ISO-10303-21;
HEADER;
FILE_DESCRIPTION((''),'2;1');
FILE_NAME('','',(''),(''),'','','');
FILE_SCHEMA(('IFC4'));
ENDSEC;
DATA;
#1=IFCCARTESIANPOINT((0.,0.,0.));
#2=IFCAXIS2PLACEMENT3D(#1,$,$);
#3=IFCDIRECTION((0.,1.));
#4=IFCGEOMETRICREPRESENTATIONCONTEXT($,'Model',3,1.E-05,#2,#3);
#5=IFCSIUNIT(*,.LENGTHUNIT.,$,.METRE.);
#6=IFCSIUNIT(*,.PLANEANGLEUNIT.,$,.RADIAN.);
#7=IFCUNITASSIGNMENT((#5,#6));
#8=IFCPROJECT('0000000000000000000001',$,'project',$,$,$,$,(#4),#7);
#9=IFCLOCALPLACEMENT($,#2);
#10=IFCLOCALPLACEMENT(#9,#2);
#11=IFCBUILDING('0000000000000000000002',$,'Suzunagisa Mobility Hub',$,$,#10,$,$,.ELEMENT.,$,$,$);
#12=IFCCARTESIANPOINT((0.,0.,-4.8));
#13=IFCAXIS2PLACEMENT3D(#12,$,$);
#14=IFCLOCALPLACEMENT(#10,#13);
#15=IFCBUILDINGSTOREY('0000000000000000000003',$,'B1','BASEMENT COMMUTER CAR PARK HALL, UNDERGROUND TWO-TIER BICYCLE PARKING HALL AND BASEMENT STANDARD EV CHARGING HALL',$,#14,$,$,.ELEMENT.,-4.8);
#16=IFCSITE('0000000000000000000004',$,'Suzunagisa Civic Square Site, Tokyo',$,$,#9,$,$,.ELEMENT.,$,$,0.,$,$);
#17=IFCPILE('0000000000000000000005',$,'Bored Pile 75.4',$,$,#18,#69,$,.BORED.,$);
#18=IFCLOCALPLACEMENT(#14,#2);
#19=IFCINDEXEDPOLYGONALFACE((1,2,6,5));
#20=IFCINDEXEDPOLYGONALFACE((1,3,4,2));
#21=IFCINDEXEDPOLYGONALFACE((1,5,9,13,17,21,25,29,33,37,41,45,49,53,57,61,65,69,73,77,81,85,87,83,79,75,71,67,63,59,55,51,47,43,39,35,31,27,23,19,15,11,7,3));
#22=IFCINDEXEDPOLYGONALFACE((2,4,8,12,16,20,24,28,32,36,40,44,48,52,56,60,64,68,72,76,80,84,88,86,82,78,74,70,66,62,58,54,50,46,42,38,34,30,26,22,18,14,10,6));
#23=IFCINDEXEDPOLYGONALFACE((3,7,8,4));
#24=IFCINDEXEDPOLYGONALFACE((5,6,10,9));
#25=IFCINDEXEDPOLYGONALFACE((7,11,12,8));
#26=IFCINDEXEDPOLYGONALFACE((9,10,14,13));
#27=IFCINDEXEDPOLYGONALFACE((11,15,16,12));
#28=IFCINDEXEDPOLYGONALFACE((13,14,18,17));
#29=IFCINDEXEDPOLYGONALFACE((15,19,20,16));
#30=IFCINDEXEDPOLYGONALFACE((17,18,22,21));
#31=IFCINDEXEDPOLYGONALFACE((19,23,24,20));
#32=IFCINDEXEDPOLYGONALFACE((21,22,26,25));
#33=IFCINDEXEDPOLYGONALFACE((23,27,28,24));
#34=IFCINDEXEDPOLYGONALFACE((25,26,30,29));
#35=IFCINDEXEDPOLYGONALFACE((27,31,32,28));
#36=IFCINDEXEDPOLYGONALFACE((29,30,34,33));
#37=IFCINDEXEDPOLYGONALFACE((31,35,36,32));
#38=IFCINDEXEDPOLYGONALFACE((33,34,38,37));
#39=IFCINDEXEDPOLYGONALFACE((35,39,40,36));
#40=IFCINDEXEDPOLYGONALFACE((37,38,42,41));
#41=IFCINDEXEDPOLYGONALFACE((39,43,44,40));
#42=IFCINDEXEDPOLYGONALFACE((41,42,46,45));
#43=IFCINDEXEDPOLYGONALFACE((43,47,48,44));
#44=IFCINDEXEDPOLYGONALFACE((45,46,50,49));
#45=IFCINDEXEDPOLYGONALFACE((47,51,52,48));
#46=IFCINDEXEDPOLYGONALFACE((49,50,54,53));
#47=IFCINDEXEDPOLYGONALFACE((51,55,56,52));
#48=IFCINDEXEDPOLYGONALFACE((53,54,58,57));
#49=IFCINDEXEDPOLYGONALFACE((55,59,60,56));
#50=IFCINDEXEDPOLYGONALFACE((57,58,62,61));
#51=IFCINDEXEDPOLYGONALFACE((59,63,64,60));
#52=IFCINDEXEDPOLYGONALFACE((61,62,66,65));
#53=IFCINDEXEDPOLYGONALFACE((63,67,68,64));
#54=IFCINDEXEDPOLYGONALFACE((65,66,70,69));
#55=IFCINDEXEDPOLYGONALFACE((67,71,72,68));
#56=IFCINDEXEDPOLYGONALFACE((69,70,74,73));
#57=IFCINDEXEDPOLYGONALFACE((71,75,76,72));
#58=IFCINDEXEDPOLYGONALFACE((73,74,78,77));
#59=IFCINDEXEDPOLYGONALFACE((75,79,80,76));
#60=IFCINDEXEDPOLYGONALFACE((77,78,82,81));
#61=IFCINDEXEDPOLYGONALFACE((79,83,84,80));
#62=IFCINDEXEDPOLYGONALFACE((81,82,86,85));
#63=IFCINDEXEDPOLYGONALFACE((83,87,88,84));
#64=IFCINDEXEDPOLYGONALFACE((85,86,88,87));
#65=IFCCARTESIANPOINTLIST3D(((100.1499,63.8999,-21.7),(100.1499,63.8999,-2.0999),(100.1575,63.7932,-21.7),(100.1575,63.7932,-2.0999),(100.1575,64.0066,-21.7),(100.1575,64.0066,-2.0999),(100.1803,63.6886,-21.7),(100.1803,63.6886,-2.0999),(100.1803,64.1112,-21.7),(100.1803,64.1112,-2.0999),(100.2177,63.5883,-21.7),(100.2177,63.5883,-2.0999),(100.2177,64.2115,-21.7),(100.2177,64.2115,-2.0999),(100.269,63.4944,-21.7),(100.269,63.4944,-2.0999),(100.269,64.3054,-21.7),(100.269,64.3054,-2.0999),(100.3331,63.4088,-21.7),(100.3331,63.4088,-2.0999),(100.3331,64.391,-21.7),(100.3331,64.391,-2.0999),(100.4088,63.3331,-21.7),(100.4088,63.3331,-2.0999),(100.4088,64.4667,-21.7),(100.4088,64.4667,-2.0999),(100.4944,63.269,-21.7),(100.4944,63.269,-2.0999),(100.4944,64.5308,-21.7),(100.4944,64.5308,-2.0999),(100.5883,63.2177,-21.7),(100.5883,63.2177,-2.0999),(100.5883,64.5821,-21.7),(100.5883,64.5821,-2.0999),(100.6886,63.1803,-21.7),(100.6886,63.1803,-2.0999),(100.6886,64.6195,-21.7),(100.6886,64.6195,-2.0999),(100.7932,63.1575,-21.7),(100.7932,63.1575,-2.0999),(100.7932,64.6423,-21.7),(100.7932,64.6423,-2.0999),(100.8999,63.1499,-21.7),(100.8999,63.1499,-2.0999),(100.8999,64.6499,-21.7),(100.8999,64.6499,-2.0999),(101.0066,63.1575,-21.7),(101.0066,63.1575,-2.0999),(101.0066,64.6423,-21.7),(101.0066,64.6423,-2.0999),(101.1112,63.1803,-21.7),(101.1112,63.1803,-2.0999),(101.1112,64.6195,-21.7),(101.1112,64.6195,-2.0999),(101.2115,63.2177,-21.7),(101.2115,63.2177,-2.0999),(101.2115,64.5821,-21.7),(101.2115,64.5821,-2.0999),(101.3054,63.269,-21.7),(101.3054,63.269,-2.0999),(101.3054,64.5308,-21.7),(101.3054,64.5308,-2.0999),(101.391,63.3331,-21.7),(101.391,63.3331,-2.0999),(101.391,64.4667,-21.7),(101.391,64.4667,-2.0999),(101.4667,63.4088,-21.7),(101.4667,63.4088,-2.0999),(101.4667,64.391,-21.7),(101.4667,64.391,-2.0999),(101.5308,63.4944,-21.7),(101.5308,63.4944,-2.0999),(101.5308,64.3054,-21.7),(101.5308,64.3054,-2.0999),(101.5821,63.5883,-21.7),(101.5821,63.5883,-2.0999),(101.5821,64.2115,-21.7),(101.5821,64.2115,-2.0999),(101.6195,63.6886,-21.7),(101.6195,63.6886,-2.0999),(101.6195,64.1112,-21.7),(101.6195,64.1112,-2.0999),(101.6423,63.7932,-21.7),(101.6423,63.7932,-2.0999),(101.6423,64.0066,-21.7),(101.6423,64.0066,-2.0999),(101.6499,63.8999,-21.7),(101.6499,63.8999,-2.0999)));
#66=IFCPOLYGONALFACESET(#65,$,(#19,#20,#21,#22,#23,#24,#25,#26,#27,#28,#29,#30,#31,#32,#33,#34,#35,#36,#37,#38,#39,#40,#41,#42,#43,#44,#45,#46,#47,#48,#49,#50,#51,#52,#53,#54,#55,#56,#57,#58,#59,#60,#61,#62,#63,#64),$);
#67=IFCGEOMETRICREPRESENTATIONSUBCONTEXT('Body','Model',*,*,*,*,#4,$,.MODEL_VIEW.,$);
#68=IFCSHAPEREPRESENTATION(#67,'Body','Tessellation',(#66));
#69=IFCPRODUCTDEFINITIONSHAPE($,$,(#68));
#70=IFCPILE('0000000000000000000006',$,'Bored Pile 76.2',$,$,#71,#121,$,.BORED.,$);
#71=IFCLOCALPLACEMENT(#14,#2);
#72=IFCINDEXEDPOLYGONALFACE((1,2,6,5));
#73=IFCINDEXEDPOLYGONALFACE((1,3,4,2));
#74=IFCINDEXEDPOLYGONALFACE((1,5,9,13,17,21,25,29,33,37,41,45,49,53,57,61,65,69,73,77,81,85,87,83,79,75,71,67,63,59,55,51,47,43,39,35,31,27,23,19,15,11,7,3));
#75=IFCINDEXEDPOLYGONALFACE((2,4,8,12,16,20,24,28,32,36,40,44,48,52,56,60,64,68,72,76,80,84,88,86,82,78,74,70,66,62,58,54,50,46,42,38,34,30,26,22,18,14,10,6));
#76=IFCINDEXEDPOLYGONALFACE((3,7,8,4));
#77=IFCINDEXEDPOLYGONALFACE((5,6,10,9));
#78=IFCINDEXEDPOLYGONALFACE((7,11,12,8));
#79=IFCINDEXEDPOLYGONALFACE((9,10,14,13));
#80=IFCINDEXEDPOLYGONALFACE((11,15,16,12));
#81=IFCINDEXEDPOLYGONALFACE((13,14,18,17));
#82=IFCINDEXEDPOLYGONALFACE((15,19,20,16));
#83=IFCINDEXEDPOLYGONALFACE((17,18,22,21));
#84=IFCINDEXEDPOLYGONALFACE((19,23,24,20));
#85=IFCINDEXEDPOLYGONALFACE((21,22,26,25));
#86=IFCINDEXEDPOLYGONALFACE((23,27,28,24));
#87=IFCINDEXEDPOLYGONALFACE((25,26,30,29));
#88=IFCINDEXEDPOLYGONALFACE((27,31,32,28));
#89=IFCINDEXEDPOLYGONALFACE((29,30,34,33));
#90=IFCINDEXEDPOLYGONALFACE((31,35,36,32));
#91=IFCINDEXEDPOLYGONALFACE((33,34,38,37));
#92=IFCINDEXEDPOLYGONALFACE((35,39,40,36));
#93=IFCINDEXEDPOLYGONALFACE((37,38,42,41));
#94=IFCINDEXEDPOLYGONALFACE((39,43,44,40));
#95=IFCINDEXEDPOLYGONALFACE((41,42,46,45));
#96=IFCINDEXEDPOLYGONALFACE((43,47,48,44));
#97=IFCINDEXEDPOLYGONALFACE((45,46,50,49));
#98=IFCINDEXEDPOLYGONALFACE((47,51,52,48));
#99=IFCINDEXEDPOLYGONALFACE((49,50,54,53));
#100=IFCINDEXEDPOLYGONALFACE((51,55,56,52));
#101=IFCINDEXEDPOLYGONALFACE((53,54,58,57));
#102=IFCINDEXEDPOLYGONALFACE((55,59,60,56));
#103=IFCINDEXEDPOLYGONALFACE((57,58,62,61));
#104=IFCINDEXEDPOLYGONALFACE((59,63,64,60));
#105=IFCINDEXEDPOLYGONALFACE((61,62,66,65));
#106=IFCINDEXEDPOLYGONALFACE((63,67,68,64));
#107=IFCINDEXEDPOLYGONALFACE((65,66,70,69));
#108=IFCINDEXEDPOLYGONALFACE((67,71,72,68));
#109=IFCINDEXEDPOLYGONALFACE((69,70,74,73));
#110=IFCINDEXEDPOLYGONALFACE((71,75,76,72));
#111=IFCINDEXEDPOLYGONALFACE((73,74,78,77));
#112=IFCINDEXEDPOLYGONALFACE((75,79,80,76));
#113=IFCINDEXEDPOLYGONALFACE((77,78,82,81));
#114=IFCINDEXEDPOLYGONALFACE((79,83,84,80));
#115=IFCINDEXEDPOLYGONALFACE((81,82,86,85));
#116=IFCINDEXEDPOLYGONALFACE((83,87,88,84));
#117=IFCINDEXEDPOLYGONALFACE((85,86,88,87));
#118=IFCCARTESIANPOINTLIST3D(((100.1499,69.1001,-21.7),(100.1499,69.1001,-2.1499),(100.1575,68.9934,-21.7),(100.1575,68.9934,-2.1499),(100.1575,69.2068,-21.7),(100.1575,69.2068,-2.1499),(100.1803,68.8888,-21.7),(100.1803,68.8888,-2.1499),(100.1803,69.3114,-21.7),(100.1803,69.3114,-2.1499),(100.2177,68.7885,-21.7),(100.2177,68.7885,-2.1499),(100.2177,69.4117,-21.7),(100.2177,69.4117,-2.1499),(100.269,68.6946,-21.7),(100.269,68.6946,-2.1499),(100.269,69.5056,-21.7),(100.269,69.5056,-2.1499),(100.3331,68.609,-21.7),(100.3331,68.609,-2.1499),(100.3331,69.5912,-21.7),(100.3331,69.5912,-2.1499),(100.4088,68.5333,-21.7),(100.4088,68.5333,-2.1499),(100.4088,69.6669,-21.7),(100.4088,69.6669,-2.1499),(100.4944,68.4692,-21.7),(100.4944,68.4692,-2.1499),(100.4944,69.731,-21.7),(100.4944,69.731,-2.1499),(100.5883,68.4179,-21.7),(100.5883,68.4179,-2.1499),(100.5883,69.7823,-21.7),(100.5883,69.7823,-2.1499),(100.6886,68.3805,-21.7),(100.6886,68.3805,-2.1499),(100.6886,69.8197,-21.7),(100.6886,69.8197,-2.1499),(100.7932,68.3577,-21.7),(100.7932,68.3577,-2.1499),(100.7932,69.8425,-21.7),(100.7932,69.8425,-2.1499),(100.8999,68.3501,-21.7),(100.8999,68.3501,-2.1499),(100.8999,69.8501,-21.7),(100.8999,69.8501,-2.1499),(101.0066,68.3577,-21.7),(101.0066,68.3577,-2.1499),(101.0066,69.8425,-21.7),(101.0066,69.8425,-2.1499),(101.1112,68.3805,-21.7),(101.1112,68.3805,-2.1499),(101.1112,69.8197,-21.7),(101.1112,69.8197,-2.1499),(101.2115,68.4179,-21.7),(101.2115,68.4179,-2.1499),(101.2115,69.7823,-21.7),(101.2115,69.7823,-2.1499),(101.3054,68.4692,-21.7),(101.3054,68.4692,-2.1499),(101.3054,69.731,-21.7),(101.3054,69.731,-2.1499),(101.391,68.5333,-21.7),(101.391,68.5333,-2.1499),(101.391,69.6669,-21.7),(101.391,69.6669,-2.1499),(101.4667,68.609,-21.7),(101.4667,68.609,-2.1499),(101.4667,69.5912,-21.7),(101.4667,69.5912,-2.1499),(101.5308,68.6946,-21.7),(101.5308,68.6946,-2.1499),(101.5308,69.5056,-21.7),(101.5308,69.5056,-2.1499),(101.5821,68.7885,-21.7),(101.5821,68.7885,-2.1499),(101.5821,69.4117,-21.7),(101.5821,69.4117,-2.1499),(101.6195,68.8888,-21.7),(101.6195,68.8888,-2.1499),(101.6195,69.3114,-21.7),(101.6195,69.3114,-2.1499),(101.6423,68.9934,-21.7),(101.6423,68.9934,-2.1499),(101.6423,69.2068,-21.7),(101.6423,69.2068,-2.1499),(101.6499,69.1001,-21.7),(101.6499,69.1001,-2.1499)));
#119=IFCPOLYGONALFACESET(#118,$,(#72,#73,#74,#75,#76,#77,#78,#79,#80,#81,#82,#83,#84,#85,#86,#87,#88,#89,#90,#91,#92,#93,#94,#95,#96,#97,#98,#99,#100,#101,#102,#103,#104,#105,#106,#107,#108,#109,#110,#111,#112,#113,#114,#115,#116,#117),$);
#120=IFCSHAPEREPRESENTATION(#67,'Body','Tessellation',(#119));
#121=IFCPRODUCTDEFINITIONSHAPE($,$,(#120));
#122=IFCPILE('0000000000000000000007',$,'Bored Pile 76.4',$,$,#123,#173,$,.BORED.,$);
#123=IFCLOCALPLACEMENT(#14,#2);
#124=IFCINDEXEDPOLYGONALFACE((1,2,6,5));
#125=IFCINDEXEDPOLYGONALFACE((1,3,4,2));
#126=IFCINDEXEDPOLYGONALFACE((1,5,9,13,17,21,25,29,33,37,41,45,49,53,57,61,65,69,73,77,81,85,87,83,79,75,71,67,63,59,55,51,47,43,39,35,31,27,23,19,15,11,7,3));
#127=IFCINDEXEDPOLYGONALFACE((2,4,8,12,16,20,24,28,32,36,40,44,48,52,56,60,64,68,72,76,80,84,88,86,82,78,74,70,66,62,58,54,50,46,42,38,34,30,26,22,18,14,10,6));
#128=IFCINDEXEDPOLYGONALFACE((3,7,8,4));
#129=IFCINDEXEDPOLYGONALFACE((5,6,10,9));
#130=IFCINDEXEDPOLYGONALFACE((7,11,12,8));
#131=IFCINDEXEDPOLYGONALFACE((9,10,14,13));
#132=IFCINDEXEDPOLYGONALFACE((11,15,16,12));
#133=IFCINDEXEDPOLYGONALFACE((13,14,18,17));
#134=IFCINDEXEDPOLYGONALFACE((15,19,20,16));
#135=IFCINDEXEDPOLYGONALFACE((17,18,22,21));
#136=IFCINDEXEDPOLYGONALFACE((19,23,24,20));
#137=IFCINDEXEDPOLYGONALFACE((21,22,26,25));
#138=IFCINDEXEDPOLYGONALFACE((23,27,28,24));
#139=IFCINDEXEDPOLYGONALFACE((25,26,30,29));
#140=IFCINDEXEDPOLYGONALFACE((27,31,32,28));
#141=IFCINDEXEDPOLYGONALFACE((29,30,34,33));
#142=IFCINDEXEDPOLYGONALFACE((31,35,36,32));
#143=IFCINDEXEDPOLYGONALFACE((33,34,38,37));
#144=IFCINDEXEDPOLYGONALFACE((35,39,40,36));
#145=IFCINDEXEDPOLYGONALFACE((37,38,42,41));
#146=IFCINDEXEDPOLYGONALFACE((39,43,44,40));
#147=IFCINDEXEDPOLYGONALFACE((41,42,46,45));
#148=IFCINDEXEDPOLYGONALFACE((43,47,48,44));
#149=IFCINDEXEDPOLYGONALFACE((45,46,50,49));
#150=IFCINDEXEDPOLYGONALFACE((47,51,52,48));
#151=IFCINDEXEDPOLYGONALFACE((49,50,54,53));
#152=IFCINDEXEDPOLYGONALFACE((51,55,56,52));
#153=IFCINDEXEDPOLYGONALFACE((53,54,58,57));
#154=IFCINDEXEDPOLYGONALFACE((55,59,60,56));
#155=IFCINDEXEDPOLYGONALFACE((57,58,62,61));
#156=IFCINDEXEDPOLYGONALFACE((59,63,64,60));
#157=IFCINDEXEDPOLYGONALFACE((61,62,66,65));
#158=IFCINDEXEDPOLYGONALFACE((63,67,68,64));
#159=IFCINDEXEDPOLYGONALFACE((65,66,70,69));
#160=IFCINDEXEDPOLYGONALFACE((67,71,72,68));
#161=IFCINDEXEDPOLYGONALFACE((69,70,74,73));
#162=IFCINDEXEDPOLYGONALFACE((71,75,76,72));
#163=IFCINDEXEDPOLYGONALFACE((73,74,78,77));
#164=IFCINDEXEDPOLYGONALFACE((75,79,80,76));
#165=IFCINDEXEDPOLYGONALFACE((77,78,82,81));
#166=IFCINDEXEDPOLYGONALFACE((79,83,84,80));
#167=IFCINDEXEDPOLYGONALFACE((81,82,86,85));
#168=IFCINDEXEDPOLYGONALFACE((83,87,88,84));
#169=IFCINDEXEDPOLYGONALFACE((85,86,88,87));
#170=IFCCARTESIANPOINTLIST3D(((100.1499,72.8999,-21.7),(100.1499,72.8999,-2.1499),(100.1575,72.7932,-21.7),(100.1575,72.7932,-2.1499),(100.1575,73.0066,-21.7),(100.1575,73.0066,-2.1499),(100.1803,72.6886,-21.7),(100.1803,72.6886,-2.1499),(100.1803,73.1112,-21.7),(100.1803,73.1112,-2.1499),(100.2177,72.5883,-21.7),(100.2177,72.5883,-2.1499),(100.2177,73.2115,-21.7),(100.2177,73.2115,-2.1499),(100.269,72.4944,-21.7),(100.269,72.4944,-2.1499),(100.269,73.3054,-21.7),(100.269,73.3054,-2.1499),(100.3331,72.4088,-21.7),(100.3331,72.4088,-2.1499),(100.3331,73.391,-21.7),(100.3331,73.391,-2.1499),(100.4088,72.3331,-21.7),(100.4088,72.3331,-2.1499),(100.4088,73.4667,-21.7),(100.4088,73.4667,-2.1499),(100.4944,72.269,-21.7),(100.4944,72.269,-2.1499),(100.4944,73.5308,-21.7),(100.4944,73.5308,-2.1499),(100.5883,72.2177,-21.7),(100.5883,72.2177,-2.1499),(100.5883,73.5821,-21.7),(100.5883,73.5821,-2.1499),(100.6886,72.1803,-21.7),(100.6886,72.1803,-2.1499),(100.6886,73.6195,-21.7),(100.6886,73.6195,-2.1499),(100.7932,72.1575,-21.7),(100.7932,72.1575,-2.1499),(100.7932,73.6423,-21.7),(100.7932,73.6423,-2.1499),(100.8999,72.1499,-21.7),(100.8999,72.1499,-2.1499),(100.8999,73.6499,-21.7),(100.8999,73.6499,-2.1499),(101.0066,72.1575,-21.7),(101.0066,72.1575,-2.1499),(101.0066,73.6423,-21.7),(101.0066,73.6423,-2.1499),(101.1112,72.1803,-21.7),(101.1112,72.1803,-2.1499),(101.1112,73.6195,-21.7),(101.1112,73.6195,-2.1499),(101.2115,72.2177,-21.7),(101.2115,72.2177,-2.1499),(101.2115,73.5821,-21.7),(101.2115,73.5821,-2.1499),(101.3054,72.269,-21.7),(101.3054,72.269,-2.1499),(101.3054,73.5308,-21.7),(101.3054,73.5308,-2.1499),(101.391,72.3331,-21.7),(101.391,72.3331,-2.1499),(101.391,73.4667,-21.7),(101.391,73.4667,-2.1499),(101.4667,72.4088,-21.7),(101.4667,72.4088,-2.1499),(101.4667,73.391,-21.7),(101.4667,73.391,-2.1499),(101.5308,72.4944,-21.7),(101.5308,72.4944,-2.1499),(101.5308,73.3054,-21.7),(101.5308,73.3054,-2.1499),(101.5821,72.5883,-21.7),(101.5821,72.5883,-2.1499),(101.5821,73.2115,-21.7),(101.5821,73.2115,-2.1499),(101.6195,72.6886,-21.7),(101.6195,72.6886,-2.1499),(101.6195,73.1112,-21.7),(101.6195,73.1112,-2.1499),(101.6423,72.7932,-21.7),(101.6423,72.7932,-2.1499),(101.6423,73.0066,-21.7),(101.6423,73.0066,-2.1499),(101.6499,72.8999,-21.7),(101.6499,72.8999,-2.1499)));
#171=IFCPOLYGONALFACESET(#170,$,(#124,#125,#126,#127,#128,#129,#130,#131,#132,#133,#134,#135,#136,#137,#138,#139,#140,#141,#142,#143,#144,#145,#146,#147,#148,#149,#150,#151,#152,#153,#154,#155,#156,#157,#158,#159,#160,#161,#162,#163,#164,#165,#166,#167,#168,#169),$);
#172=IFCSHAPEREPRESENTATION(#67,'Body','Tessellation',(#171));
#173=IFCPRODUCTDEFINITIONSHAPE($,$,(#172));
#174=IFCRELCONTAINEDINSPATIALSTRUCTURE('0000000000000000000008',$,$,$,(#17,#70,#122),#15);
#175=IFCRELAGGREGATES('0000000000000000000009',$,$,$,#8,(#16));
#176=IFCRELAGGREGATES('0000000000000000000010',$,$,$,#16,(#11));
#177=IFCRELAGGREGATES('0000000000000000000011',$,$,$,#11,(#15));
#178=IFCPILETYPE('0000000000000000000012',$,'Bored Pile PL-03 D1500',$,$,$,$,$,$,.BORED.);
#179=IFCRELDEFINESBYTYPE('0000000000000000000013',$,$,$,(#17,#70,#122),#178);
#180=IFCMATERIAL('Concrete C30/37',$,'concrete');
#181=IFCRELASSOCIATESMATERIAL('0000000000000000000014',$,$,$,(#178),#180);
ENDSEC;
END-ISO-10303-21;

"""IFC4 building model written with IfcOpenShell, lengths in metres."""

from ifc_helpers import new_model, si_unit, direction, frame, origin, origin_2d, place, context, subcontext, project, spatial, circle, extrude, material, material_profile, profile_set, type_object, element, save


model = new_model("IFC4")

# Units and contexts
model_context = context("Model", 3, precision=1e-05, world=origin(), true_north=direction((0.0, 1.0)))
body_context = subcontext(model_context, "Body", "Model", "MODEL_VIEW")
ifc_project = project(units=[si_unit("LENGTHUNIT", "METRE"), si_unit("PLANEANGLEUNIT", "RADIAN")], contexts=[model_context])

# Site, building, storey
site_placement = place(None, origin())
site = spatial("IfcSite", under=ifc_project, at=site_placement, Name="Suzunagisa Civic Square Site, Tokyo", CompositionType="ELEMENT", RefElevation=0.0)
building_placement = place(site_placement, origin())
building = spatial("IfcBuilding", under=site, at=building_placement, Name="Suzunagisa Mobility Hub", CompositionType="ELEMENT")
storey_placement = place(building_placement, frame((0.0, 0.0, -4.8)))
storey = spatial("IfcBuildingStorey", under=building, at=storey_placement, Name="B1", Description="BASEMENT COMMUTER CAR PARK HALL, UNDERGROUND TWO-TIER BICYCLE PARKING HALL AND BASEMENT STANDARD EV CHARGING HALL", CompositionType="ELEMENT", Elevation=-4.8)

# Piles
ifc_material_1 = material(Name="Concrete C30/37", Category="concrete")
ifc_material_profile_1 = material_profile(ifc_material_1, circle(Radius=0.75, at=origin_2d()), Name="BORED PILE D1500")
ifc_profile_set_1 = profile_set([ifc_material_profile_1], Name="Concrete C30/37")
pile_type_1 = type_object("IfcPileType", Name="Bored Pile PL-03 D1500", PredefinedType="BORED", material=ifc_profile_set_1)
pile_1_placement = place(storey_placement, frame((100.8999, 63.8999, -2.0999), z_axis=(0.0, 0.0, -1.0), x_axis=(1.0, 0.0, 0.0)))
element("IfcPile", 1, at=pile_1_placement, inside=storey, type_object=pile_type_1, Name="Bored Pile 75.4", PredefinedType="BORED", context=body_context, shape_type="SweptSolid", body=[
    extrude(circle(Radius=0.75, at=origin_2d()), origin(), (0.0, 0.0, 1.0), 19.6001),
])
for number, where, z_axis, x_axis, name in (
    (2, (100.8999, 69.1001, -2.1499), (0.0, 0.0, -1.0), (1.0, 0.0, 0.0), "Bored Pile 76.2"),
    (3, (100.8999, 72.8999, -2.1499), (0.0, 0.0, -1.0), (1.0, 0.0, 0.0), "Bored Pile 76.4"),
):
    element("IfcPile", number, at=place(storey_placement, frame(where, z_axis=z_axis, x_axis=x_axis)), inside=storey, type_object=pile_type_1, Name=name, PredefinedType="BORED", context=body_context, shape_type="SweptSolid", body=[
        extrude(circle(Radius=0.75, at=origin_2d()), origin(), (0.0, 0.0, 1.0), 19.55),
    ])

save(model, "model.ifc")
